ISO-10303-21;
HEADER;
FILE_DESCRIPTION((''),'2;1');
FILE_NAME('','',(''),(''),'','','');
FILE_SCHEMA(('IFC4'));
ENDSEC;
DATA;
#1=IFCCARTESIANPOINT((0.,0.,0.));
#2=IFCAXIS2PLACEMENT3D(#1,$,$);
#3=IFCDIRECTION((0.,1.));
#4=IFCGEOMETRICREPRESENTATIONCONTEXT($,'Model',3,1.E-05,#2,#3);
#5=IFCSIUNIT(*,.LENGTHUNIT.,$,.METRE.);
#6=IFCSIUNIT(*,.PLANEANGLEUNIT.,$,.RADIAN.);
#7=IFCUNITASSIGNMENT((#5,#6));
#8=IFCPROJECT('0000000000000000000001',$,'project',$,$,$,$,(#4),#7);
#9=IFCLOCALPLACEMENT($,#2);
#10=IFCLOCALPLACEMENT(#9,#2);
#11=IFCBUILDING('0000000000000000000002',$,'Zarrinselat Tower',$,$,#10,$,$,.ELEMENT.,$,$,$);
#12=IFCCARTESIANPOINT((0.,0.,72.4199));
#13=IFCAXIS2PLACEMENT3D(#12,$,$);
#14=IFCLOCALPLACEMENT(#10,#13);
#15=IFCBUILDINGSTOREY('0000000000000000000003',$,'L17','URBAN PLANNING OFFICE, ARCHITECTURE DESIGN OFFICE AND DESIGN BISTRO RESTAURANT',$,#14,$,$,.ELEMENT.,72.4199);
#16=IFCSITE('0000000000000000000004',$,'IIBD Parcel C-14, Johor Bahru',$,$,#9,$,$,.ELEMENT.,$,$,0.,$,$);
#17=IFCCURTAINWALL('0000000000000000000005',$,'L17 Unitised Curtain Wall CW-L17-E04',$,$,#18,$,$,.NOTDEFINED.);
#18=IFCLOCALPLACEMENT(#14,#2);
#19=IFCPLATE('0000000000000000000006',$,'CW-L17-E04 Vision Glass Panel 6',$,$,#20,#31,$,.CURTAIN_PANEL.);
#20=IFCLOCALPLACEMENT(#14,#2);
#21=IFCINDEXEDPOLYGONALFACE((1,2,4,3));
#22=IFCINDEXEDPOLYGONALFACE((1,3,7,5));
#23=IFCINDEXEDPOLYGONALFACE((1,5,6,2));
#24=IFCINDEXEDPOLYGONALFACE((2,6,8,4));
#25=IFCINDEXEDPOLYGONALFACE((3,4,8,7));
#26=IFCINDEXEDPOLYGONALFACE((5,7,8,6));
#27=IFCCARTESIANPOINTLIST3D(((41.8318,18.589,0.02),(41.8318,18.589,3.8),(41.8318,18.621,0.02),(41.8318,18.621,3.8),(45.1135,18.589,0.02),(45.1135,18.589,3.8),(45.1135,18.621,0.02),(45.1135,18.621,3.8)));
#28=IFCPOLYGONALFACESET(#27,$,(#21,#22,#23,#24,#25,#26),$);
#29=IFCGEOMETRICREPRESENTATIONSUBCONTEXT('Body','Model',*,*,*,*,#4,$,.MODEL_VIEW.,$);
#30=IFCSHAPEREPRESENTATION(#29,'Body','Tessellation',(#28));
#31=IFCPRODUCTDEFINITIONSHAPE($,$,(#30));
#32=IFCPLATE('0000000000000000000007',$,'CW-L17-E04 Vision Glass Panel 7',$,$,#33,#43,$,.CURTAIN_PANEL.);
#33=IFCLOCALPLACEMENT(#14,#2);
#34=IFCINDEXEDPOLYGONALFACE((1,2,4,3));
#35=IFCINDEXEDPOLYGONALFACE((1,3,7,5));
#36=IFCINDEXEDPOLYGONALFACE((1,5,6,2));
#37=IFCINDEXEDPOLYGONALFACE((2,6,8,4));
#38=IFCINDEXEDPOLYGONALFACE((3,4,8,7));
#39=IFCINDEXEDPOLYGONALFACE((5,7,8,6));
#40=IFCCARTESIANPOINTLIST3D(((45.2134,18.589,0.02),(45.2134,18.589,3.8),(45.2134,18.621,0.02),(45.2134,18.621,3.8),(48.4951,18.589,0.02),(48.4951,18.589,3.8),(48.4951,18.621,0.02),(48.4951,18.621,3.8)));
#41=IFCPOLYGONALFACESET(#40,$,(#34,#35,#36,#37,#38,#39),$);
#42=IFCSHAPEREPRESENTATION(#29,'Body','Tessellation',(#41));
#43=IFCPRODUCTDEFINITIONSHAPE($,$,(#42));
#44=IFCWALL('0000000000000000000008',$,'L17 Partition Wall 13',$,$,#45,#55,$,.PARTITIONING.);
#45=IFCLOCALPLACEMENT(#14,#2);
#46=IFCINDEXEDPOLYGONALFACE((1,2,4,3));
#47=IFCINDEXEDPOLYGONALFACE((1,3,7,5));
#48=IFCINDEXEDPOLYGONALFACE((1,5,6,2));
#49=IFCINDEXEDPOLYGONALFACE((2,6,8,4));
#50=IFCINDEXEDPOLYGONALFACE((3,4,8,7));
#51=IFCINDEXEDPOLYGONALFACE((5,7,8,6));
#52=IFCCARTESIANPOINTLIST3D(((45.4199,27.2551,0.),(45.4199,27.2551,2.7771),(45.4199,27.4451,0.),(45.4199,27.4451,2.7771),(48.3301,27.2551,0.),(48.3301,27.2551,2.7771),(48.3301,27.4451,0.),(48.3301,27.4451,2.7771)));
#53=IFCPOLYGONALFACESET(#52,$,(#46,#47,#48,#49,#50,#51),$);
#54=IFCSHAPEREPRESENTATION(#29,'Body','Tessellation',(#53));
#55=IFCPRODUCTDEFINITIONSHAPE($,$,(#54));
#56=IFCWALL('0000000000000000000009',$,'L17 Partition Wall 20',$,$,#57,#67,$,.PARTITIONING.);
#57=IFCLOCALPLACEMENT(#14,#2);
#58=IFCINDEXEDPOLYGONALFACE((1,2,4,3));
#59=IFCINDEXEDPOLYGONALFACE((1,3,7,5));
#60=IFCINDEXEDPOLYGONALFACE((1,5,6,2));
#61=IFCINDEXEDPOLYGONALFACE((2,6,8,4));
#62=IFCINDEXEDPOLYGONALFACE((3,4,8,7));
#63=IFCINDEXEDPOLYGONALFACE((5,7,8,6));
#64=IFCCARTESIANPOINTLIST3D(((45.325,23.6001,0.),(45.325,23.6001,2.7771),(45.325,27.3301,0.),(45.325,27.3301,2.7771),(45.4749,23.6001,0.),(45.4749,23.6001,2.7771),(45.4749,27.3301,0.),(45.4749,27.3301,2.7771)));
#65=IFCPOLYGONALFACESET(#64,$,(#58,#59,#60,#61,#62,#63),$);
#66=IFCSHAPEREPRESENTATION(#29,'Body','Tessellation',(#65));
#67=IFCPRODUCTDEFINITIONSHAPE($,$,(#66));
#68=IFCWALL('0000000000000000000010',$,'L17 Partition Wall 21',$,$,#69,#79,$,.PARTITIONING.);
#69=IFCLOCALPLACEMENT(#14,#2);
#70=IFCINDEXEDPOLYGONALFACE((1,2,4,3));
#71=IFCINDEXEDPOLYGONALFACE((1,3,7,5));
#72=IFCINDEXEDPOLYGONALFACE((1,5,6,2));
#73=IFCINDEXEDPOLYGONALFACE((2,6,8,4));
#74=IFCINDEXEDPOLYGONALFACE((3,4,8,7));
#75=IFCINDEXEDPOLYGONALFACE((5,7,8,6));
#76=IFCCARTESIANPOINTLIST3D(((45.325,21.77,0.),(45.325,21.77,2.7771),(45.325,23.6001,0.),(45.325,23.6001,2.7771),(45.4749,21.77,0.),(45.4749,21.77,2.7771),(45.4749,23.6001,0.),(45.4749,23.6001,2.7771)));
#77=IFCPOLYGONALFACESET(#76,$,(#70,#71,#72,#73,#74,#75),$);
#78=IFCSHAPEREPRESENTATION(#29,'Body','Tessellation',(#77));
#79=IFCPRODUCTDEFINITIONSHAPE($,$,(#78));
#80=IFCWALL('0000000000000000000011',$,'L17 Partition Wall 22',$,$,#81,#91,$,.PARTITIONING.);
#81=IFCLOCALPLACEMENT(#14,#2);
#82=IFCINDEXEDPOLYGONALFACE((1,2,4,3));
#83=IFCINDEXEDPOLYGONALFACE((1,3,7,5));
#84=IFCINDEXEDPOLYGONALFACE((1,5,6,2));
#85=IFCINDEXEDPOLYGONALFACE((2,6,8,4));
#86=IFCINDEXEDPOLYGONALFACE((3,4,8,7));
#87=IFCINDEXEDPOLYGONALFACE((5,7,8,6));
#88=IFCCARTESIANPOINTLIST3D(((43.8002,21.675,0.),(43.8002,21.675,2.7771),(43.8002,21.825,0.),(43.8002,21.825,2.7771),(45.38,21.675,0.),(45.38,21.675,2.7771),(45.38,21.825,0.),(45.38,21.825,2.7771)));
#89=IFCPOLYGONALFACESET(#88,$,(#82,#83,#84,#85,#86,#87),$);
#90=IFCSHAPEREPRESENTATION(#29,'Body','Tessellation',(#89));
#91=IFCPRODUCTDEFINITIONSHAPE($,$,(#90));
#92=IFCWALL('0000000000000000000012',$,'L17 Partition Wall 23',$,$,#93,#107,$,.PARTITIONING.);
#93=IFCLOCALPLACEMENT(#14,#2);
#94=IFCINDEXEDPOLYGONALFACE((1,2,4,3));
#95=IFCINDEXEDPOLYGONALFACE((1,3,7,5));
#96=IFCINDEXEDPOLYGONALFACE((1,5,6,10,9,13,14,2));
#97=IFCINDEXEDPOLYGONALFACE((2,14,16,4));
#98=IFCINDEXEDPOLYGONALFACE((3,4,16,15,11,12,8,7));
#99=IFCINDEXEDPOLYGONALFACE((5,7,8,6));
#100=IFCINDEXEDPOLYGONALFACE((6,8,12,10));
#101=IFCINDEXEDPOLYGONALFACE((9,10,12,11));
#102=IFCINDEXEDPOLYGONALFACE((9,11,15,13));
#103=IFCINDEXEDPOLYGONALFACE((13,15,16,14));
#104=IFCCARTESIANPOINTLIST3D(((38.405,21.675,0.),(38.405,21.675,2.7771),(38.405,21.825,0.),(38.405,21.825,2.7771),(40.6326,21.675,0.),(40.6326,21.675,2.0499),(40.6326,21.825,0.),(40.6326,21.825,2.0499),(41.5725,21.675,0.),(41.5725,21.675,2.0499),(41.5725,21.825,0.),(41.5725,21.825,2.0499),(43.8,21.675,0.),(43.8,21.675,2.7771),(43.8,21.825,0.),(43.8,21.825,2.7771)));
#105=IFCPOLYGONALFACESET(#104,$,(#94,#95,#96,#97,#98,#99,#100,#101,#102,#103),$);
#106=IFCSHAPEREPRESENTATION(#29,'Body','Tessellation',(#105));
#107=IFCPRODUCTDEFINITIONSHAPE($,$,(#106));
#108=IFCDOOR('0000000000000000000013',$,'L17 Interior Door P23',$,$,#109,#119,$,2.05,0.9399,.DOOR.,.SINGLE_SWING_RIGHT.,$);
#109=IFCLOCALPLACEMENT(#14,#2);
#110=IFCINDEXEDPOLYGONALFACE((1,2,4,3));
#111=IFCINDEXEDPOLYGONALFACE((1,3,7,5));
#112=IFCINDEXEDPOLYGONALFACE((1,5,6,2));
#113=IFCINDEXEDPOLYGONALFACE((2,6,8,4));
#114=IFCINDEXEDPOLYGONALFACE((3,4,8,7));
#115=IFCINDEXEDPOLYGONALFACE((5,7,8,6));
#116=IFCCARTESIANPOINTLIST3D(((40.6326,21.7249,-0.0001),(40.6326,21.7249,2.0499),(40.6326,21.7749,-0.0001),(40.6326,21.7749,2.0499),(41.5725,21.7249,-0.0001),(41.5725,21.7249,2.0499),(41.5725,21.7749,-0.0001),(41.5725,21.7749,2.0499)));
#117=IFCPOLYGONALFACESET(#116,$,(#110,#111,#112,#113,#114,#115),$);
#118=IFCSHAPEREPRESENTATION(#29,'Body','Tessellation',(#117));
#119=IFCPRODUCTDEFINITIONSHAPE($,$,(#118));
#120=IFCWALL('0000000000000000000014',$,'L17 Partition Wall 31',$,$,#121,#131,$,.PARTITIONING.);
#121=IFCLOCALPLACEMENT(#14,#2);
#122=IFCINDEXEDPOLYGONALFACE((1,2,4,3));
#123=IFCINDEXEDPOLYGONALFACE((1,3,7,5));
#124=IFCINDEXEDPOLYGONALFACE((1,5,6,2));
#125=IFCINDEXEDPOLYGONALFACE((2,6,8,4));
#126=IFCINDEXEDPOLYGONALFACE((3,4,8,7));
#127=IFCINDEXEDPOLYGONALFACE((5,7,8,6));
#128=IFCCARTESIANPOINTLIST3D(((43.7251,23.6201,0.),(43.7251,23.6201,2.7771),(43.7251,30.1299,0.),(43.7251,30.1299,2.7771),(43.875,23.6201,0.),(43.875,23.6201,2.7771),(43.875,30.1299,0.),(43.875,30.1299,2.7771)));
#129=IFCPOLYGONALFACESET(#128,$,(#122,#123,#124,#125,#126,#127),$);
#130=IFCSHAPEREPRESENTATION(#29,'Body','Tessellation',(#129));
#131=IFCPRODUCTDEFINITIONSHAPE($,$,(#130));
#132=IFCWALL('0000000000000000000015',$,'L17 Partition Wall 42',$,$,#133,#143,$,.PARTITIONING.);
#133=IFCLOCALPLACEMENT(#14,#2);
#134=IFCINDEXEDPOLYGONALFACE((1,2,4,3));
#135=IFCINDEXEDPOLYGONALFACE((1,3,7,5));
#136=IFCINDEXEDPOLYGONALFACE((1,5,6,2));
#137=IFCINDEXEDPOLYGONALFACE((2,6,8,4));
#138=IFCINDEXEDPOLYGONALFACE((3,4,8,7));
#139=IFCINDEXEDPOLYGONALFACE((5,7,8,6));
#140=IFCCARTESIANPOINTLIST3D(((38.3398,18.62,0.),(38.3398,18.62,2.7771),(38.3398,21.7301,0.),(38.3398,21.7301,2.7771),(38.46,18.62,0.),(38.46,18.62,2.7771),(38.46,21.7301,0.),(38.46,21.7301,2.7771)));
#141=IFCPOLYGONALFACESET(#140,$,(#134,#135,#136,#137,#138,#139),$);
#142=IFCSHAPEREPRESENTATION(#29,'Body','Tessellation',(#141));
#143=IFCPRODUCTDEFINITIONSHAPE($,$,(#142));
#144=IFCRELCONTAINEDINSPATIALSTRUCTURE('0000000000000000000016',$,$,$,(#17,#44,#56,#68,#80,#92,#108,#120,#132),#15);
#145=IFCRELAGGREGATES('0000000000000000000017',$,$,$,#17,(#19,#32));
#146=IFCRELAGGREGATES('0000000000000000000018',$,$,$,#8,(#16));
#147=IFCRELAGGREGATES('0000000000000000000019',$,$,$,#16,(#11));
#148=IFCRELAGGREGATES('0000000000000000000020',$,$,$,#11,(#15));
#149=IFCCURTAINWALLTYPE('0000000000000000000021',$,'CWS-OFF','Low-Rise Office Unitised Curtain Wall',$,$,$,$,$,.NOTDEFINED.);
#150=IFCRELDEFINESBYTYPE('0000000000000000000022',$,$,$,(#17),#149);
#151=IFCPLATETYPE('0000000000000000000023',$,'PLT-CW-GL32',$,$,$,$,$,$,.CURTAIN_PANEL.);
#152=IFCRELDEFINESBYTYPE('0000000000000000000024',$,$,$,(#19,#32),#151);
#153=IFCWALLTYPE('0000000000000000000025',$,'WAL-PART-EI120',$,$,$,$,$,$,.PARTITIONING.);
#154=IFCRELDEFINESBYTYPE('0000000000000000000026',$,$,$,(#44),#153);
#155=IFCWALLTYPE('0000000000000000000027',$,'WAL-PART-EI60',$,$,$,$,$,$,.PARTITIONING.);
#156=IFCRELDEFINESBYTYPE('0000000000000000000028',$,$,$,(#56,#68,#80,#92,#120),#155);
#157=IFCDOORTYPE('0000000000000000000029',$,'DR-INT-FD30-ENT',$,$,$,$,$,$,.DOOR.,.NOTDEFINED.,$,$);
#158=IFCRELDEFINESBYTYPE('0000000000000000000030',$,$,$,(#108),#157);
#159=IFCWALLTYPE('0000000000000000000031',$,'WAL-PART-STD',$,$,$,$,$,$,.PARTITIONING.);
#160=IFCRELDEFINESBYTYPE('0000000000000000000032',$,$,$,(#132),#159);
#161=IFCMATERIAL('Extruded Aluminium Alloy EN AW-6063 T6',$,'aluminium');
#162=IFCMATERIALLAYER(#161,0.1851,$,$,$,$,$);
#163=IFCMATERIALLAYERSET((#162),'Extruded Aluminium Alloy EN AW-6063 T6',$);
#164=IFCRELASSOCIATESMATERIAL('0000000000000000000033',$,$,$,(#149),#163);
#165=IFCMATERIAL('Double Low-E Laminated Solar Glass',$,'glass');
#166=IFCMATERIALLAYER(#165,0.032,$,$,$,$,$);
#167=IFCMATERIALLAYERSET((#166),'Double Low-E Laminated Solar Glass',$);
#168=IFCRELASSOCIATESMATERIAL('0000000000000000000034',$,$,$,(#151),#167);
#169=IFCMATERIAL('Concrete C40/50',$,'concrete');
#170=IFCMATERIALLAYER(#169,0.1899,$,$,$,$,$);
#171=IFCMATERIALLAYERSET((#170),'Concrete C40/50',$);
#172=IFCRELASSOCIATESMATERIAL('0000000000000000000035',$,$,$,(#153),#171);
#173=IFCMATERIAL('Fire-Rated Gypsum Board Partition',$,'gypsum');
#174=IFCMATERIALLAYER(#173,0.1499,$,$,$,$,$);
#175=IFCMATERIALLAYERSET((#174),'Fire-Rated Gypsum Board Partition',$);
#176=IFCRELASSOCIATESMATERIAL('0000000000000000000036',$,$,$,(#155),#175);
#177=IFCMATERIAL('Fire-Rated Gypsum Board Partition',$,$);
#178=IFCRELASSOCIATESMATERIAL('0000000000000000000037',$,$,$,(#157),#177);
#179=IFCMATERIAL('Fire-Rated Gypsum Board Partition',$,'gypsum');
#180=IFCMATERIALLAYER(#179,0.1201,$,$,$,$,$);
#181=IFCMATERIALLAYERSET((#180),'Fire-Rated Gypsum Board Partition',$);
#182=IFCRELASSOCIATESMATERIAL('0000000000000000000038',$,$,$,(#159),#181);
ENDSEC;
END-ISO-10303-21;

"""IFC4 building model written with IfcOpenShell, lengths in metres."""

from ifc_helpers import new_model, si_unit, direction, frame, frame_2d, origin, origin_2d, place, context, subcontext, project, spatial, rectangle, extrude, material, layer, layer_set, type_object, element, fill, aggregate, save


model = new_model("IFC4")

# Units and contexts
model_context = context("Model", 3, precision=1e-05, world=origin(), true_north=direction((0.0, 1.0)))
body_context = subcontext(model_context, "Body", "Model", "MODEL_VIEW")
ifc_project = project(units=[si_unit("LENGTHUNIT", "METRE"), si_unit("PLANEANGLEUNIT", "RADIAN")], contexts=[model_context])

# Site, building, storey
site_placement = place(None, origin())
site = spatial("IfcSite", under=ifc_project, at=site_placement, Name="IIBD Parcel C-14, Johor Bahru", CompositionType="ELEMENT", RefElevation=0.0)
building_placement = place(site_placement, origin())
building = spatial("IfcBuilding", under=site, at=building_placement, Name="Zarrinselat Tower", CompositionType="ELEMENT")
storey_placement = place(building_placement, frame((0.0, 0.0, 72.4199)))
storey = spatial("IfcBuildingStorey", under=building, at=storey_placement, Name="L17", Description="URBAN PLANNING OFFICE, ARCHITECTURE DESIGN OFFICE AND DESIGN BISTRO RESTAURANT", CompositionType="ELEMENT", Elevation=72.4199)

# Curtain wall, plates
ifc_material_1 = material(Name="Extruded Aluminium Alloy EN AW-6063 T6", Category="aluminium")
ifc_layer_1 = layer(ifc_material_1, 0.1851)
ifc_layer_set_1 = layer_set([ifc_layer_1], Name="Extruded Aluminium Alloy EN AW-6063 T6")
curtain_wall_type = type_object("IfcCurtainWallType", Name="CWS-OFF", Description="Low-Rise Office Unitised Curtain Wall", PredefinedType="NOTDEFINED", material=ifc_layer_set_1)
curtain_wall_placement = place(storey_placement, origin())
curtain_wall = element("IfcCurtainWall", 1, at=curtain_wall_placement, inside=storey, type_object=curtain_wall_type, Name="L17 Unitised Curtain Wall CW-L17-E04", PredefinedType="NOTDEFINED")
ifc_material_2 = material(Name="Double Low-E Laminated Solar Glass", Category="glass")
ifc_layer_2 = layer(ifc_material_2, 0.032)
ifc_layer_set_2 = layer_set([ifc_layer_2], Name="Double Low-E Laminated Solar Glass")
plate_type = type_object("IfcPlateType", Name="PLT-CW-GL32", PredefinedType="CURTAIN_PANEL", material=ifc_layer_set_2)
plate_1_placement = place(storey_placement, frame((43.4727, 18.605, 0.02), z_axis=(0.0, 0.0, 1.0), x_axis=(1.0, 0.0, 0.0)))
plate_1 = element("IfcPlate", 2, at=plate_1_placement, type_object=plate_type, Name="CW-L17-E04 Vision Glass Panel 6", PredefinedType="CURTAIN_PANEL", context=body_context, shape_type="SweptSolid", body=[
    extrude(rectangle(XDim=3.2817, YDim=0.032, at=origin_2d()), origin(), (0.0, 0.0, 1.0), 3.78),
])
plate_2_placement = place(storey_placement, frame((46.8542, 18.605, 0.02), z_axis=(0.0, 0.0, 1.0), x_axis=(1.0, 0.0, 0.0)))
plate_2 = element("IfcPlate", 3, at=plate_2_placement, type_object=plate_type, Name="CW-L17-E04 Vision Glass Panel 7", PredefinedType="CURTAIN_PANEL", context=body_context, shape_type="SweptSolid", body=[
    extrude(rectangle(XDim=3.2817, YDim=0.032, at=origin_2d()), origin(), (0.0, 0.0, 1.0), 3.78),
])
aggregate(curtain_wall, [plate_1, plate_2])

# Walls
ifc_material_3 = material(Name="Concrete C40/50", Category="concrete")
ifc_layer_3 = layer(ifc_material_3, 0.1899)
ifc_layer_set_3 = layer_set([ifc_layer_3], Name="Concrete C40/50")
wall_type_1 = type_object("IfcWallType", Name="WAL-PART-EI120", PredefinedType="PARTITIONING", material=ifc_layer_set_3)
wall_1_placement = place(storey_placement, frame((45.4199, 27.3501, 0.0), z_axis=(0.0, 0.0, 1.0), x_axis=(1.0, 0.0, 0.0)))
element("IfcWall", 4, at=wall_1_placement, inside=storey, type_object=wall_type_1, Name="L17 Partition Wall 13", PredefinedType="PARTITIONING", context=body_context, shape_type="SweptSolid", body=[
    extrude(rectangle(XDim=2.9102, YDim=0.1899, at=frame_2d((1.4551, 0.0))), origin(), (0.0, 0.0, 1.0), 2.7771),
])
ifc_material_4 = material(Name="Fire-Rated Gypsum Board Partition", Category="gypsum")
ifc_layer_4 = layer(ifc_material_4, 0.1499)
ifc_layer_set_4 = layer_set([ifc_layer_4], Name="Fire-Rated Gypsum Board Partition")
wall_type_2 = type_object("IfcWallType", Name="WAL-PART-EI60", PredefinedType="PARTITIONING", material=ifc_layer_set_4)
wall_2_placement = place(storey_placement, frame((45.3999, 23.6001, 0.0), z_axis=(0.0, 0.0, 1.0), x_axis=(0.0, 1.0, 0.0)))
element("IfcWall", 5, at=wall_2_placement, inside=storey, type_object=wall_type_2, Name="L17 Partition Wall 20", PredefinedType="PARTITIONING", context=body_context, shape_type="SweptSolid", body=[
    extrude(rectangle(XDim=3.73, YDim=0.1499, at=frame_2d((1.865, 0.0))), origin(), (0.0, 0.0, 1.0), 2.7771),
])
wall_3_placement = place(storey_placement, frame((45.3999, 21.77, 0.0), z_axis=(0.0, 0.0, 1.0), x_axis=(0.0, 1.0, 0.0)))
element("IfcWall", 6, at=wall_3_placement, inside=storey, type_object=wall_type_2, Name="L17 Partition Wall 21", PredefinedType="PARTITIONING", context=body_context, shape_type="SweptSolid", body=[
    extrude(rectangle(XDim=1.8301, YDim=0.1499, at=frame_2d((0.915, 0.0))), origin(), (0.0, 0.0, 1.0), 2.7771),
])
wall_4_placement = place(storey_placement, frame((43.8, 21.75, 0.0), z_axis=(0.0, 0.0, 1.0), x_axis=(1.0, 0.0, 0.0)))
element("IfcWall", 7, at=wall_4_placement, inside=storey, type_object=wall_type_2, Name="L17 Partition Wall 22", PredefinedType="PARTITIONING", context=body_context, shape_type="SweptSolid", body=[
    extrude(rectangle(XDim=1.5798, YDim=0.1499, at=frame_2d((0.79, 0.0))), origin(), (0.0, 0.0, 1.0), 2.7771),
])

# Wall, opening, door
wall_5_placement = place(storey_placement, frame((38.405, 21.75, 0.0), z_axis=(0.0, 0.0, 1.0), x_axis=(1.0, 0.0, 0.0)))
wall_5 = element("IfcWall", 8, at=wall_5_placement, inside=storey, type_object=wall_type_2, Name="L17 Partition Wall 23", PredefinedType="PARTITIONING", context=body_context, shape_type="SweptSolid", body=[
    extrude(rectangle(XDim=5.395, YDim=0.1499, at=frame_2d((2.6975, 0.0))), origin(), (0.0, 0.0, 1.0), 2.7771),
])
opening_placement = place(wall_5_placement, frame((2.2275, 0.0, 0.0)))
opening = element("IfcOpeningElement", 9, at=opening_placement, cuts=wall_5, PredefinedType="OPENING", context=body_context, shape_type="SweptSolid", body=[
    extrude(rectangle(XDim=0.9399, YDim=2.05, at=frame_2d((0.47, 1.0249))), frame((0.0, 0.085, 0.0), z_axis=(0.0, -1.0, 0.0), x_axis=(1.0, 0.0, 0.0)), (0.0, 0.0, 1.0), 0.1699),
])
ifc_material_5 = material(Name="Fire-Rated Gypsum Board Partition")
door_type = type_object("IfcDoorType", Name="DR-INT-FD30-ENT", OperationType="NOTDEFINED", PredefinedType="DOOR", material=ifc_material_5)
door_placement = place(opening_placement, origin())
door = element("IfcDoor", 10, at=door_placement, inside=storey, type_object=door_type, Name="L17 Interior Door P23", OperationType="SINGLE_SWING_RIGHT", OverallHeight=2.05, OverallWidth=0.9399, PredefinedType="DOOR", context=body_context, shape_type="SweptSolid", body=[
    extrude(rectangle(XDim=0.9399, YDim=2.05, at=frame_2d((0.47, 1.0249))), frame((0.0, 0.0249, 0.0), z_axis=(0.0, -1.0, 0.0), x_axis=(1.0, 0.0, 0.0)), (0.0, 0.0, 1.0), 0.05),
])
fill(opening, door)

# Walls
wall_6_placement = place(storey_placement, frame((43.8, 23.6201, 0.0), z_axis=(0.0, 0.0, 1.0), x_axis=(0.0, 1.0, 0.0)))
element("IfcWall", 11, at=wall_6_placement, inside=storey, type_object=wall_type_2, Name="L17 Partition Wall 31", PredefinedType="PARTITIONING", context=body_context, shape_type="SweptSolid", body=[
    extrude(rectangle(XDim=6.5098, YDim=0.1499, at=frame_2d((3.2549, 0.0))), origin(), (0.0, 0.0, 1.0), 2.7771),
])
ifc_material_6 = material(Name="Fire-Rated Gypsum Board Partition", Category="gypsum")
ifc_layer_5 = layer(ifc_material_6, 0.1201)
ifc_layer_set_5 = layer_set([ifc_layer_5], Name="Fire-Rated Gypsum Board Partition")
wall_type_3 = type_object("IfcWallType", Name="WAL-PART-STD", PredefinedType="PARTITIONING", material=ifc_layer_set_5)
wall_7_placement = place(storey_placement, frame((38.3999, 18.6199, 0.0), z_axis=(0.0, 0.0, 1.0), x_axis=(0.0, 1.0, 0.0)))
element("IfcWall", 12, at=wall_7_placement, inside=storey, type_object=wall_type_3, Name="L17 Partition Wall 42", PredefinedType="PARTITIONING", context=body_context, shape_type="SweptSolid", body=[
    extrude(rectangle(XDim=3.1101, YDim=0.1201, at=frame_2d((1.5552, 0.0))), origin(), (0.0, 0.0, 1.0), 2.7771),
])

save(model, "model.ifc")
